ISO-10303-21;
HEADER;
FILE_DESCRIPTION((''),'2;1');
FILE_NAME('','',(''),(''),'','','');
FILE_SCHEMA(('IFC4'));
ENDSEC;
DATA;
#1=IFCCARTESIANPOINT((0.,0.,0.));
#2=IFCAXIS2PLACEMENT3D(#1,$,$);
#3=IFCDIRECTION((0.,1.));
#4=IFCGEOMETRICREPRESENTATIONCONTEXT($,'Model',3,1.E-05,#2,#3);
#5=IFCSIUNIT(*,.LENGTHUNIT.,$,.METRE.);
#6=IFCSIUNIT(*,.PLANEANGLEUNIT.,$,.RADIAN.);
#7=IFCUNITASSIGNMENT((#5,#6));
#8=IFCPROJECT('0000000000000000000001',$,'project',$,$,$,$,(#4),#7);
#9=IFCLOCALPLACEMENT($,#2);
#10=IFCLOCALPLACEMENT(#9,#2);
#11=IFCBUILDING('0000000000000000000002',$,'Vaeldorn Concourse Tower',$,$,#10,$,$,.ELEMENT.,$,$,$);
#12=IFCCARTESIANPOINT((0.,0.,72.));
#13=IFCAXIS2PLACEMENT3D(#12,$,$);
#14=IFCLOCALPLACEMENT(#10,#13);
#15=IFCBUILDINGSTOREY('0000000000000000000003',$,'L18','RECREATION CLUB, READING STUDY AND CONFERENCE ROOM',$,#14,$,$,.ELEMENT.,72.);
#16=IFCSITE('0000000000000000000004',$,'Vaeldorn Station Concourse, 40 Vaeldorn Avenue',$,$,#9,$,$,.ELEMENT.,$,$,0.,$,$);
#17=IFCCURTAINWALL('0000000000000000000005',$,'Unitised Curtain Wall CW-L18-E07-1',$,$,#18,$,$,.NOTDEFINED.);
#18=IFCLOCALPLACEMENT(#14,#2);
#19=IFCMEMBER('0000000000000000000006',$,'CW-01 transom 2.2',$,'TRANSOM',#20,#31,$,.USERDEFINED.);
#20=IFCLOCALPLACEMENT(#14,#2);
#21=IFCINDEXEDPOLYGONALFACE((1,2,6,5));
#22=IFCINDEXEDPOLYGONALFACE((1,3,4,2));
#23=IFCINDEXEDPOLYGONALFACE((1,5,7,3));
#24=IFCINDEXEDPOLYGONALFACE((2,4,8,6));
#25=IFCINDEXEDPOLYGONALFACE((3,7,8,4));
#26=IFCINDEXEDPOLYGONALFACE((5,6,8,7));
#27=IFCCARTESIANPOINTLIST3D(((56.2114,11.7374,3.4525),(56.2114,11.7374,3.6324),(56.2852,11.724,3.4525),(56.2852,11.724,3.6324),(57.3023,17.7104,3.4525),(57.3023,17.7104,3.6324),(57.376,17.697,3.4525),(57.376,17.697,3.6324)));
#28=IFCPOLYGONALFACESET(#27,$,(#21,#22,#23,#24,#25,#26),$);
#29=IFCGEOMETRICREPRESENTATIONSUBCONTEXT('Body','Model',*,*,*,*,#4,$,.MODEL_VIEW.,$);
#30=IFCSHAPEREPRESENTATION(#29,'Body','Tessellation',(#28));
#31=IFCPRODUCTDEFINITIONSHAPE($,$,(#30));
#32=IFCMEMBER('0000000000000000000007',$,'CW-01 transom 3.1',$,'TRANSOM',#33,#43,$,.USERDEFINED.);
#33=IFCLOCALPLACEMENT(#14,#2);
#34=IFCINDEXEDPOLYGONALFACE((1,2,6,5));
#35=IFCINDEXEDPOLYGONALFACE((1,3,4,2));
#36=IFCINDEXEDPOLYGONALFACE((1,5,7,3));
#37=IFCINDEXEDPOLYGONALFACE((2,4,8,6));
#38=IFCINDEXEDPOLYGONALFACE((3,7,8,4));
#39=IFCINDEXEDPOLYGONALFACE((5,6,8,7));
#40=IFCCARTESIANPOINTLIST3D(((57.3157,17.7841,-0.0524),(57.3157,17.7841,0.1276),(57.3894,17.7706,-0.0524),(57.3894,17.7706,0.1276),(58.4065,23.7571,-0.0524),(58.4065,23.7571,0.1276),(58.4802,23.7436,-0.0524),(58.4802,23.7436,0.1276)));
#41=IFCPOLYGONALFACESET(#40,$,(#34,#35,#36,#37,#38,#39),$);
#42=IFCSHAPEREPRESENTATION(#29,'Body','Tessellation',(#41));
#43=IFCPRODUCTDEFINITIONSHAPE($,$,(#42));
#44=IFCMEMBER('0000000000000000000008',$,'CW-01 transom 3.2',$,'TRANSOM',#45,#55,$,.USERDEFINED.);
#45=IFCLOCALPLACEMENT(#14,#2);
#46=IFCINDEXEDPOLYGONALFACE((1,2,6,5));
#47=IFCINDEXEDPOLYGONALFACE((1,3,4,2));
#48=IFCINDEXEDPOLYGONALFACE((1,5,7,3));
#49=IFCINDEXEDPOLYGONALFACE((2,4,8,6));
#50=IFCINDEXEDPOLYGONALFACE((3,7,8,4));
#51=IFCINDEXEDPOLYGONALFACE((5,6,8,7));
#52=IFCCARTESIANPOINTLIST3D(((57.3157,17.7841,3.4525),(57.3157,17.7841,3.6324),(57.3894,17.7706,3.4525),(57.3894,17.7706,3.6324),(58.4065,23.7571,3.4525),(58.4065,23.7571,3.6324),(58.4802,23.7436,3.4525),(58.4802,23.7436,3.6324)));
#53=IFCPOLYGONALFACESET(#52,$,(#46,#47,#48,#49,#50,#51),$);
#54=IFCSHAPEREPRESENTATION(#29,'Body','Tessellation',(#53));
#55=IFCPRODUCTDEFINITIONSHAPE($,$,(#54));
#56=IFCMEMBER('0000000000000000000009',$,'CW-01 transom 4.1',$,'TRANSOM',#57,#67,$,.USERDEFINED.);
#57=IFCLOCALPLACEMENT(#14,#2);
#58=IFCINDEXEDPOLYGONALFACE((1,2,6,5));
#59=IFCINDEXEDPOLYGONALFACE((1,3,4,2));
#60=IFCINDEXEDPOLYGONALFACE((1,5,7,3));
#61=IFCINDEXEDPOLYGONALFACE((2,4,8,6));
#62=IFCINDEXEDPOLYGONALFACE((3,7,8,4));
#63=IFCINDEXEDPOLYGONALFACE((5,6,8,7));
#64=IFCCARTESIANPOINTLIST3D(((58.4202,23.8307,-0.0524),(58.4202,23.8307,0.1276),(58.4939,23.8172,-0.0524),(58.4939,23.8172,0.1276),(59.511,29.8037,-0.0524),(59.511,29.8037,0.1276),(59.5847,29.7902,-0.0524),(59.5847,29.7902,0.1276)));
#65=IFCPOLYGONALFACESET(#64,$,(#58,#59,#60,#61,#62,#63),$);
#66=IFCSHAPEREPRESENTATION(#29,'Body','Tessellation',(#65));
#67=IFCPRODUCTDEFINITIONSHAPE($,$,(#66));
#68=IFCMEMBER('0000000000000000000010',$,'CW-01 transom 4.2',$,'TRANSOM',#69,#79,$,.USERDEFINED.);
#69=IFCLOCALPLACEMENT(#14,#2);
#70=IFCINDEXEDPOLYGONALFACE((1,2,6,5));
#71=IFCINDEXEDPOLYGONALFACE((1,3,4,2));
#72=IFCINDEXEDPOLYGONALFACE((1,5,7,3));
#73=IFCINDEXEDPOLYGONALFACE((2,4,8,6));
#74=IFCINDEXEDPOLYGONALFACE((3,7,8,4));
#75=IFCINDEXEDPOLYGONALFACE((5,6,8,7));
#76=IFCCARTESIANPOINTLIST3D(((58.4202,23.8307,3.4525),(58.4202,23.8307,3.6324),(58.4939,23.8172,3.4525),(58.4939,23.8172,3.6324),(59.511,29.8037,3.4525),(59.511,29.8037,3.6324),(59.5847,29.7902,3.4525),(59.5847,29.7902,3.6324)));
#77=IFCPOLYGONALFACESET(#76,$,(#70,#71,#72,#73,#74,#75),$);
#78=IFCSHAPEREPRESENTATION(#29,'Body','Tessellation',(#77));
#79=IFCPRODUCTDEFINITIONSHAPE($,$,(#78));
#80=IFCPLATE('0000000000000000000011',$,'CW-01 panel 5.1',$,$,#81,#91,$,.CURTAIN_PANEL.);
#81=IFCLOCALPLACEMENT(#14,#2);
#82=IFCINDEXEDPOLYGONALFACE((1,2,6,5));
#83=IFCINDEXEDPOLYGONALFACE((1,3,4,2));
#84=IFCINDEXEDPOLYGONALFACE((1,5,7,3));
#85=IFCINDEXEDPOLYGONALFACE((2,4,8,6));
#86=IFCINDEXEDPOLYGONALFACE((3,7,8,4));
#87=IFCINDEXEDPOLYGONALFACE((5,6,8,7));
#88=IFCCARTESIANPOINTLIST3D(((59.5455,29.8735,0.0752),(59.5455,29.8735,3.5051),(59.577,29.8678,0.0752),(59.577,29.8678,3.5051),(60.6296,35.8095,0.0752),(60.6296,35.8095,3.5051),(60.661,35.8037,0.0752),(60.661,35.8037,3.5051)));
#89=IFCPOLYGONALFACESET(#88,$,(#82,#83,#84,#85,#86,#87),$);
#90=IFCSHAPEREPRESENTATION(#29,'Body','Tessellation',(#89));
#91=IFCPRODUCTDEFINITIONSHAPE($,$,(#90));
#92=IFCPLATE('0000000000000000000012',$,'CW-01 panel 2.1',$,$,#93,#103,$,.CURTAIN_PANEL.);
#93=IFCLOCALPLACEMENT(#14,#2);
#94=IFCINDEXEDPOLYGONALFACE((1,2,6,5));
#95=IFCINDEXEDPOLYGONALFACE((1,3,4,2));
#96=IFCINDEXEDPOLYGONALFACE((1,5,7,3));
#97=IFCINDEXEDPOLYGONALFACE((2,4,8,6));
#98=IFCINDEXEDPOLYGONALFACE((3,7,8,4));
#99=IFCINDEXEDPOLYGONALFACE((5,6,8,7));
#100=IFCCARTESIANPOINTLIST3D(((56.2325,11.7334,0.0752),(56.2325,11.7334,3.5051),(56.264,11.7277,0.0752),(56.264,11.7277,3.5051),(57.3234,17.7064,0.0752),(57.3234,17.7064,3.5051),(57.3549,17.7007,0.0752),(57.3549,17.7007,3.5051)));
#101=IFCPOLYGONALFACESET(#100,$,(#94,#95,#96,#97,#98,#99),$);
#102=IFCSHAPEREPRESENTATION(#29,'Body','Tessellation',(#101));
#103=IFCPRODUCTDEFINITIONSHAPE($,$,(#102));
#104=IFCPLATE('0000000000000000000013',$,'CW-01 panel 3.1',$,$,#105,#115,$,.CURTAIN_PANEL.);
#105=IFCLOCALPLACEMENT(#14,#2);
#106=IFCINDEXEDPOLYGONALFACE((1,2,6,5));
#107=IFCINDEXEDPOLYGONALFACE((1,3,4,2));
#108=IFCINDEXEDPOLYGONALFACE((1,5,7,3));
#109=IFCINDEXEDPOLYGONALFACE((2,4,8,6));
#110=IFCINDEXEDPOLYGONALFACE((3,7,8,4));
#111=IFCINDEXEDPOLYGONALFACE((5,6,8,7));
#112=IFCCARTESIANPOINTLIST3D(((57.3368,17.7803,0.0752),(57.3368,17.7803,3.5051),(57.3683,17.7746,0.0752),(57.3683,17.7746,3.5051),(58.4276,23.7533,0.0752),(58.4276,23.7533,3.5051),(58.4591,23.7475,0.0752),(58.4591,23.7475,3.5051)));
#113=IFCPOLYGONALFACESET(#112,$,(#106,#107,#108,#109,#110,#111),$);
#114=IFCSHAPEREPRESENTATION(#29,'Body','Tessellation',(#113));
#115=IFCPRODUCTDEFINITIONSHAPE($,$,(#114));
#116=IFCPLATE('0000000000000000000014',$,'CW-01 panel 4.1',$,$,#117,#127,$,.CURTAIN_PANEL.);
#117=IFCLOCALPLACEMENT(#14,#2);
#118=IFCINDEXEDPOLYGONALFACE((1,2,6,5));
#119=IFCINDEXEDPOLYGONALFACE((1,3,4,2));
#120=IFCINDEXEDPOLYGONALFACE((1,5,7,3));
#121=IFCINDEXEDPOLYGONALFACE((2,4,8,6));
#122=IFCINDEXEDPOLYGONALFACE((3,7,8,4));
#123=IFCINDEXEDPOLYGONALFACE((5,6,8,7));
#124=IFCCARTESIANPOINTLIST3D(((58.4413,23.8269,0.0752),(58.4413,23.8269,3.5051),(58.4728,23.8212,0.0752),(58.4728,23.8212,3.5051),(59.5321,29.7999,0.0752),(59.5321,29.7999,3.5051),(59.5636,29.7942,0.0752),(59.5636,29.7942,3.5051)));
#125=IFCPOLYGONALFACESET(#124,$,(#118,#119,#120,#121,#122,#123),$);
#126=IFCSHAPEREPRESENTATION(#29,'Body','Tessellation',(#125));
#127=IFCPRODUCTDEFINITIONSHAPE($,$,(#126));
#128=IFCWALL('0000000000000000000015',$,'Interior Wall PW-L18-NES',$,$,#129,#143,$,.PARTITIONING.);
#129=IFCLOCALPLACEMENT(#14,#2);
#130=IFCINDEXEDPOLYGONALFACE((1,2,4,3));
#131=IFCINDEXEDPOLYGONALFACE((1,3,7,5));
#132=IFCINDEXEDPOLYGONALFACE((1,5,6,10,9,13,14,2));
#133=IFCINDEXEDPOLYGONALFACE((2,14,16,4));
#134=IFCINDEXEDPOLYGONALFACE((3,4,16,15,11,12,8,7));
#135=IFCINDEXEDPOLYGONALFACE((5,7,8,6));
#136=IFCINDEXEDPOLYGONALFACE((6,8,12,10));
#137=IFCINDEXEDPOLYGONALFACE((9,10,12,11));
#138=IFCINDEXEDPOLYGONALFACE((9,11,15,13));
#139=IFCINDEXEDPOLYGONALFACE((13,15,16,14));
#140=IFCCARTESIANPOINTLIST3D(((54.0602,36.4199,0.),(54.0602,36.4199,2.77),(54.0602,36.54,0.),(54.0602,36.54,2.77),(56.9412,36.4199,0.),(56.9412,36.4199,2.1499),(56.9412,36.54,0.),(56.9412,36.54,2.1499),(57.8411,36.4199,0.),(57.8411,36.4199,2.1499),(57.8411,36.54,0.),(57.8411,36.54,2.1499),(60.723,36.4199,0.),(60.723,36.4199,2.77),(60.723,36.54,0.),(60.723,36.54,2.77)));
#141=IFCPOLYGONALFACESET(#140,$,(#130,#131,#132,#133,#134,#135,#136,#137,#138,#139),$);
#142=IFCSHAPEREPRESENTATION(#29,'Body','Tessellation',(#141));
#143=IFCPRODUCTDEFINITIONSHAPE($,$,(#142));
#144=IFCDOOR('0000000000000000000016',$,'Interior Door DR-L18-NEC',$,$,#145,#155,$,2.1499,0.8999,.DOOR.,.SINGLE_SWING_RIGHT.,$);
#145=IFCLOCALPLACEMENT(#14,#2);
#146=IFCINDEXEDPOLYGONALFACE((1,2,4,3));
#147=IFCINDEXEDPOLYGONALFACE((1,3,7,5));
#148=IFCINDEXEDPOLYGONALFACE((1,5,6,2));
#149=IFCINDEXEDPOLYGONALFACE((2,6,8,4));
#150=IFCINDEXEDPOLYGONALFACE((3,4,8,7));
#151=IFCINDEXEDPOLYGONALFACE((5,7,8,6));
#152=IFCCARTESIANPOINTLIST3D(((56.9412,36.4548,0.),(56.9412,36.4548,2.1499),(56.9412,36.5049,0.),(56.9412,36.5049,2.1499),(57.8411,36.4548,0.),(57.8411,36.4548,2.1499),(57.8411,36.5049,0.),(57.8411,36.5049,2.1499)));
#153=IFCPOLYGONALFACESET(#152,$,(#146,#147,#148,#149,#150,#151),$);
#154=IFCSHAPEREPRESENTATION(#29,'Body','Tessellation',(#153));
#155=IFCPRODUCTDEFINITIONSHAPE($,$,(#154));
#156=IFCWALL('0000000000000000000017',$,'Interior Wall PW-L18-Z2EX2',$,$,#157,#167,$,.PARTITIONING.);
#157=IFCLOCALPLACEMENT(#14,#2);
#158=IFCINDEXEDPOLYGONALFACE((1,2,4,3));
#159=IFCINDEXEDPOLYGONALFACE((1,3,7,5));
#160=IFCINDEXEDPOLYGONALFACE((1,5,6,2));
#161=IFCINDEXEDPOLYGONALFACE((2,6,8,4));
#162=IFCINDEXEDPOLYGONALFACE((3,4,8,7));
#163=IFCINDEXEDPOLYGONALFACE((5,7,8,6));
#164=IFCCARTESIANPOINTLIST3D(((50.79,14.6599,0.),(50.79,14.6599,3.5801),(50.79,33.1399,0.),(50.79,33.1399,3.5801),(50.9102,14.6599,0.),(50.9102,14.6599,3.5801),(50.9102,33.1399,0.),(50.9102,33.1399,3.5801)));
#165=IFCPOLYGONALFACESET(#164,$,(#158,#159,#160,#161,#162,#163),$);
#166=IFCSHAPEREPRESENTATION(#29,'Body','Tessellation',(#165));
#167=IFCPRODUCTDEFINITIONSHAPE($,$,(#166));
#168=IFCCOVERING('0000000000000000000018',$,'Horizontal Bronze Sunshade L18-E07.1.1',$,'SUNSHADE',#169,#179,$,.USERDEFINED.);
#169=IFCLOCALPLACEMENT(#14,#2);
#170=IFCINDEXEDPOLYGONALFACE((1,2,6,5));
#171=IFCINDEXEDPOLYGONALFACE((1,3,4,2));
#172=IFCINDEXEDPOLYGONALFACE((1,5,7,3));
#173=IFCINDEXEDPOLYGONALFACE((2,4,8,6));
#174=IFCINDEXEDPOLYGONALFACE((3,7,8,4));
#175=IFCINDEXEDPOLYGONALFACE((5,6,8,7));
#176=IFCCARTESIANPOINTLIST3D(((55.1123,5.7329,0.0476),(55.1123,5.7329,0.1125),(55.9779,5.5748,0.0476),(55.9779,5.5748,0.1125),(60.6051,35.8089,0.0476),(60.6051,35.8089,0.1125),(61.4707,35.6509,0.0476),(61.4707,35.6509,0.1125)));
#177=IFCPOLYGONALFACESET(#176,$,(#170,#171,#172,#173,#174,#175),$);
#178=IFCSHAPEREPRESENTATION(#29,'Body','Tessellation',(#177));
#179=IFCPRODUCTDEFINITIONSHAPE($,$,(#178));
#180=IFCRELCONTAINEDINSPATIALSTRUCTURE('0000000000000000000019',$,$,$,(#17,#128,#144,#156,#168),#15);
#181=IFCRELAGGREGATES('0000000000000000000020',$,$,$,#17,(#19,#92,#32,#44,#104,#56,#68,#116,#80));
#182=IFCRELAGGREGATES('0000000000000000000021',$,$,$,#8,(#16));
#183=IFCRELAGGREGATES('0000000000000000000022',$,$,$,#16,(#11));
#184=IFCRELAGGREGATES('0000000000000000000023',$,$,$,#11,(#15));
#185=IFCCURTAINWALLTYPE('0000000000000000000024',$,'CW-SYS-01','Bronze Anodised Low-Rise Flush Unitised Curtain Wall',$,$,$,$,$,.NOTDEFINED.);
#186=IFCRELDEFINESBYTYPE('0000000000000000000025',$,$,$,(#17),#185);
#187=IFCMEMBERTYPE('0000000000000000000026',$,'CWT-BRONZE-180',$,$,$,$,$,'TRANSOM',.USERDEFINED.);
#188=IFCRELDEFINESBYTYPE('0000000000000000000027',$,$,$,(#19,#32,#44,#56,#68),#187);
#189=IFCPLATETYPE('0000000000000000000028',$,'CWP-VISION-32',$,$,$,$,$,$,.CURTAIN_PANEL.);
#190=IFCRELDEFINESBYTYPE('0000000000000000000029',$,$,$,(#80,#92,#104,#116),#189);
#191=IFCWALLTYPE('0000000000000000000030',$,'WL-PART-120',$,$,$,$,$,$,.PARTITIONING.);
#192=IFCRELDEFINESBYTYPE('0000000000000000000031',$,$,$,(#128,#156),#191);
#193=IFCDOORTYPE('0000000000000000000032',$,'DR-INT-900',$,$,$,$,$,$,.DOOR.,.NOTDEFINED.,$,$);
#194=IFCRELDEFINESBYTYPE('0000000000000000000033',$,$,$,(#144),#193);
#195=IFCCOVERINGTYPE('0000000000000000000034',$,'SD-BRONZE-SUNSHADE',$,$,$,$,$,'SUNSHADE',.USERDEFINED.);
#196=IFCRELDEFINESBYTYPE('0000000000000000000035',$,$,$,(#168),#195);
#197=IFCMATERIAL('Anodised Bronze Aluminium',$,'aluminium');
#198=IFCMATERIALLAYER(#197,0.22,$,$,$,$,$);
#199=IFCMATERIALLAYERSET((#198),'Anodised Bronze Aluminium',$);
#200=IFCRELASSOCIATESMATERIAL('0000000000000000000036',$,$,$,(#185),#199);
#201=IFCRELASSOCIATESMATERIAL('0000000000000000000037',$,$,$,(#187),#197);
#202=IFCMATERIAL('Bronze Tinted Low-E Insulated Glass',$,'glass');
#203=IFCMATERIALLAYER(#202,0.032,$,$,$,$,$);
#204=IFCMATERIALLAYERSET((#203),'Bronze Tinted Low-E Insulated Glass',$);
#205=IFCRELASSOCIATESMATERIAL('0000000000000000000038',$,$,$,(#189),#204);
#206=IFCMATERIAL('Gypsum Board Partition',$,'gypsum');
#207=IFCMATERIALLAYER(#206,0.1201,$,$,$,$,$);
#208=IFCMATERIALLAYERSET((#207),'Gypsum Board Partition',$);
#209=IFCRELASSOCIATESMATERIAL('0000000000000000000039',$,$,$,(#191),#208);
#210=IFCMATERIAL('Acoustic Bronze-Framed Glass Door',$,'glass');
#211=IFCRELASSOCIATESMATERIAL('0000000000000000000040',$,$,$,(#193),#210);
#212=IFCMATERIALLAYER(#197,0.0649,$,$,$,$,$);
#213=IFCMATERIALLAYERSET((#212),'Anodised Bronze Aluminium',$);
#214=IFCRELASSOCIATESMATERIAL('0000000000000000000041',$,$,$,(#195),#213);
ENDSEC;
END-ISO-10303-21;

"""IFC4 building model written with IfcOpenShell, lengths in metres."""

from ifc_helpers import new_model, si_unit, direction, frame, frame_2d, origin, origin_2d, place, context, subcontext, project, spatial, rectangle, extrude, source, transform, mapped, material, layer, layer_set, material_profile, profile_set, type_object, element, fill, aggregate, save


model = new_model("IFC4")

# Units and contexts
model_context = context("Model", 3, precision=1e-05, world=origin(), true_north=direction((0.0, 1.0)))
body_context = subcontext(model_context, "Body", "Model", "MODEL_VIEW")
ifc_project = project(units=[si_unit("LENGTHUNIT", "METRE"), si_unit("PLANEANGLEUNIT", "RADIAN")], contexts=[model_context])

# Site, building, storey
site_placement = place(None, origin())
site = spatial("IfcSite", under=ifc_project, at=site_placement, Name="Vaeldorn Station Concourse, 40 Vaeldorn Avenue", CompositionType="ELEMENT", RefElevation=0.0)
building_placement = place(site_placement, origin())
building = spatial("IfcBuilding", under=site, at=building_placement, Name="Vaeldorn Concourse Tower", CompositionType="ELEMENT")
storey_placement = place(building_placement, frame((0.0, 0.0, 72.0)))
storey = spatial("IfcBuildingStorey", under=building, at=storey_placement, Name="L18", Description="RECREATION CLUB, READING STUDY AND CONFERENCE ROOM", CompositionType="ELEMENT", Elevation=72.0)

# Curtain wall, members, plates
ifc_material_1 = material(Name="Anodised Bronze Aluminium", Category="aluminium")
ifc_layer_1 = layer(ifc_material_1, 0.22)
ifc_layer_set_1 = layer_set([ifc_layer_1], Name="Anodised Bronze Aluminium")
curtain_wall_type = type_object("IfcCurtainWallType", Name="CW-SYS-01", Description="Bronze Anodised Low-Rise Flush Unitised Curtain Wall", PredefinedType="NOTDEFINED", material=ifc_layer_set_1)
curtain_wall_placement = place(storey_placement, origin())
curtain_wall = element("IfcCurtainWall", 1, at=curtain_wall_placement, inside=storey, type_object=curtain_wall_type, Name="Unitised Curtain Wall CW-L18-E07-1", PredefinedType="NOTDEFINED")
ifc_material_profile_1 = material_profile(ifc_material_1, rectangle(XDim=0.075, YDim=0.1799, at=origin_2d()), Name="CWT 75x180")
ifc_profile_set_1 = profile_set([ifc_material_profile_1], Name="Anodised Bronze Aluminium")
member_type_1 = type_object("IfcMemberType", Name="CWT-BRONZE-180", ElementType="TRANSOM", PredefinedType="USERDEFINED", material=ifc_profile_set_1)
shared_shape_1 = source(origin(), body_context, "Body", "SweptSolid", [
    extrude(rectangle(XDim=0.075, YDim=0.1799, at=origin_2d()), origin(), (0.0, 0.0, 1.0), 6.0718),
])
member_1_placement = place(storey_placement, frame((56.2483, 11.7307, 3.5425), z_axis=(0.179657, 0.983729, 0.0), x_axis=(-0.983729, 0.179657, 0.0)))
member_1 = element("IfcMember", 2, at=member_1_placement, type_object=member_type_1, Name="CW-01 transom 2.2", ObjectType="TRANSOM", PredefinedType="USERDEFINED", context=body_context, shape_type="MappedRepresentation", body=[
    mapped(shared_shape_1, transform((0.0, 0.0, 0.0), scale=1.0)),
])
member_2_placement = place(storey_placement, frame((57.3525, 17.7773, 0.0376), z_axis=(0.179657, 0.983729, 0.0), x_axis=(-0.983729, 0.179657, 0.0)))
member_2 = element("IfcMember", 3, at=member_2_placement, type_object=member_type_1, Name="CW-01 transom 3.1", ObjectType="TRANSOM", PredefinedType="USERDEFINED", context=body_context, shape_type="MappedRepresentation", body=[
    mapped(shared_shape_1, transform((0.0, 0.0, 0.0), scale=1.0)),
])
member_3_placement = place(storey_placement, frame((57.3525, 17.7773, 3.5425), z_axis=(0.179657, 0.983729, 0.0), x_axis=(-0.983729, 0.179657, 0.0)))
member_3 = element("IfcMember", 4, at=member_3_placement, type_object=member_type_1, Name="CW-01 transom 3.2", ObjectType="TRANSOM", PredefinedType="USERDEFINED", context=body_context, shape_type="MappedRepresentation", body=[
    mapped(shared_shape_1, transform((0.0, 0.0, 0.0), scale=1.0)),
])
member_4_placement = place(storey_placement, frame((58.457, 23.824, 0.0376), z_axis=(0.179657, 0.983729, 0.0), x_axis=(-0.983729, 0.179657, 0.0)))
member_4 = element("IfcMember", 5, at=member_4_placement, type_object=member_type_1, Name="CW-01 transom 4.1", ObjectType="TRANSOM", PredefinedType="USERDEFINED", context=body_context, shape_type="MappedRepresentation", body=[
    mapped(shared_shape_1, transform((0.0, 0.0, 0.0), scale=1.0)),
])
member_5_placement = place(storey_placement, frame((58.457, 23.824, 3.5425), z_axis=(0.179657, 0.983729, 0.0), x_axis=(-0.983729, 0.179657, 0.0)))
member_5 = element("IfcMember", 6, at=member_5_placement, type_object=member_type_1, Name="CW-01 transom 4.2", ObjectType="TRANSOM", PredefinedType="USERDEFINED", context=body_context, shape_type="MappedRepresentation", body=[
    mapped(shared_shape_1, transform((0.0, 0.0, 0.0), scale=1.0)),
])
ifc_material_2 = material(Name="Bronze Tinted Low-E Insulated Glass", Category="glass")
ifc_layer_2 = layer(ifc_material_2, 0.032)
ifc_layer_set_2 = layer_set([ifc_layer_2], Name="Bronze Tinted Low-E Insulated Glass")
plate_type = type_object("IfcPlateType", Name="CWP-VISION-32", PredefinedType="CURTAIN_PANEL", material=ifc_layer_set_2)
shared_shape_2 = source(origin(), body_context, "Body", "SweptSolid", [
    extrude(rectangle(XDim=6.0342, YDim=0.032, at=origin_2d()), origin(), (0.0, 0.0, 1.0), 3.4299),
])
plate_1_placement = place(storey_placement, frame((60.1033, 32.8386, 0.0752), z_axis=(0.0, 0.0, 1.0), x_axis=(0.179658, 0.983729, 0.0)))
plate_1 = element("IfcPlate", 7, at=plate_1_placement, type_object=plate_type, Name="CW-01 panel 5.1", PredefinedType="CURTAIN_PANEL", context=body_context, shape_type="MappedRepresentation", body=[
    mapped(shared_shape_2, transform((0.0, 0.0, 0.0), scale=1.0)),
])
shared_shape_3 = source(origin(), body_context, "Body", "SweptSolid", [
    extrude(rectangle(XDim=6.0718, YDim=0.032, at=origin_2d()), origin(), (0.0, 0.0, 1.0), 3.4299),
])
plate_2_placement = place(storey_placement, frame((56.7937, 14.717, 0.0752), z_axis=(0.0, 0.0, 1.0), x_axis=(0.179658, 0.983729, 0.0)))
plate_2 = element("IfcPlate", 8, at=plate_2_placement, type_object=plate_type, Name="CW-01 panel 2.1", PredefinedType="CURTAIN_PANEL", context=body_context, shape_type="MappedRepresentation", body=[
    mapped(shared_shape_3, transform((0.0, 0.0, 0.0), scale=1.0)),
])
plate_3_placement = place(storey_placement, frame((57.8979, 20.7639, 0.0752), z_axis=(0.0, 0.0, 1.0), x_axis=(0.179658, 0.983729, 0.0)))
plate_3 = element("IfcPlate", 9, at=plate_3_placement, type_object=plate_type, Name="CW-01 panel 3.1", PredefinedType="CURTAIN_PANEL", context=body_context, shape_type="MappedRepresentation", body=[
    mapped(shared_shape_3, transform((0.0, 0.0, 0.0), scale=1.0)),
])
plate_4_placement = place(storey_placement, frame((59.0024, 26.8105, 0.0752), z_axis=(0.0, 0.0, 1.0), x_axis=(0.179658, 0.983729, 0.0)))
plate_4 = element("IfcPlate", 10, at=plate_4_placement, type_object=plate_type, Name="CW-01 panel 4.1", PredefinedType="CURTAIN_PANEL", context=body_context, shape_type="MappedRepresentation", body=[
    mapped(shared_shape_3, transform((0.0, 0.0, 0.0), scale=1.0)),
])
aggregate(curtain_wall, [member_1, plate_2, member_2, member_3, plate_3, member_4, member_5, plate_4, plate_1])

# Wall, opening, door
ifc_material_3 = material(Name="Gypsum Board Partition", Category="gypsum")
ifc_layer_3 = layer(ifc_material_3, 0.1201)
ifc_layer_set_3 = layer_set([ifc_layer_3], Name="Gypsum Board Partition")
wall_type = type_object("IfcWallType", Name="WL-PART-120", PredefinedType="PARTITIONING", material=ifc_layer_set_3)
wall_1_placement = place(storey_placement, frame((54.0601, 36.48, 0.0), z_axis=(0.0, 0.0, 1.0), x_axis=(1.0, 0.0, 0.0)))
wall_1 = element("IfcWall", 11, at=wall_1_placement, inside=storey, type_object=wall_type, Name="Interior Wall PW-L18-NES", PredefinedType="PARTITIONING", context=body_context, shape_type="SweptSolid", body=[
    extrude(rectangle(XDim=6.6628, YDim=0.1201, at=frame_2d((3.3315, 0.0))), origin(), (0.0, 0.0, 1.0), 2.77),
])
opening_placement = place(wall_1_placement, frame((2.8811, 0.0, 0.0)))
opening = element("IfcOpeningElement", 12, at=opening_placement, cuts=wall_1, PredefinedType="OPENING", context=body_context, shape_type="SweptSolid", body=[
    extrude(rectangle(XDim=0.8999, YDim=2.1499, at=frame_2d((0.45, 1.075))), frame((0.0, 0.0701, 0.0), z_axis=(0.0, -1.0, 0.0), x_axis=(1.0, 0.0, 0.0)), (0.0, 0.0, 1.0), 0.1401),
])
ifc_material_4 = material(Name="Acoustic Bronze-Framed Glass Door", Category="glass")
door_type = type_object("IfcDoorType", Name="DR-INT-900", OperationType="NOTDEFINED", PredefinedType="DOOR", material=ifc_material_4)
shared_shape_4 = source(origin(), body_context, "Body", "SweptSolid", [
    extrude(rectangle(XDim=0.8999, YDim=2.1499, at=frame_2d((0.45, 1.075))), frame((0.0, 0.0249, 0.0), z_axis=(0.0, -1.0, 0.0), x_axis=(1.0, 0.0, 0.0)), (0.0, 0.0, 1.0), 0.05),
])
door_placement = place(opening_placement, origin())
door = element("IfcDoor", 13, at=door_placement, inside=storey, type_object=door_type, Name="Interior Door DR-L18-NEC", OperationType="SINGLE_SWING_RIGHT", OverallHeight=2.1499, OverallWidth=0.8999, PredefinedType="DOOR", context=body_context, shape_type="MappedRepresentation", body=[
    mapped(shared_shape_4, transform((0.0, 0.0, 0.0), scale=1.0)),
])
fill(opening, door)

# Wall
wall_2_placement = place(storey_placement, frame((50.8501, 14.6599, 0.0), z_axis=(0.0, 0.0, 1.0), x_axis=(0.0, 1.0, 0.0)))
element("IfcWall", 14, at=wall_2_placement, inside=storey, type_object=wall_type, Name="Interior Wall PW-L18-Z2EX2", PredefinedType="PARTITIONING", context=body_context, shape_type="SweptSolid", body=[
    extrude(rectangle(XDim=18.48, YDim=0.1201, at=frame_2d((9.24, 0.0))), origin(), (0.0, 0.0, 1.0), 3.5801),
])

# Covering
ifc_layer_4 = layer(ifc_material_1, 0.0649)
ifc_layer_set_4 = layer_set([ifc_layer_4], Name="Anodised Bronze Aluminium")
covering_type = type_object("IfcCoveringType", Name="SD-BRONZE-SUNSHADE", ElementType="SUNSHADE", PredefinedType="USERDEFINED", material=ifc_layer_set_4)
shared_shape_5 = source(origin(), body_context, "Body", "SweptSolid", [
    extrude(rectangle(XDim=30.5735, YDim=0.8799, at=origin_2d()), origin(), (0.0, 0.0, 1.0), 0.0649),
])
for number, where, z_axis, x_axis, name in (
    (15, (58.2915, 20.6919, 0.0476), (0.0, 0.0, 1.0), (0.179661, 0.983729, 0.0), "Horizontal Bronze Sunshade L18-E07.1.1"),
):
    element("IfcCovering", number, at=place(storey_placement, frame(where, z_axis=z_axis, x_axis=x_axis)), inside=storey, type_object=covering_type, Name=name, ObjectType="SUNSHADE", PredefinedType="USERDEFINED", context=body_context, shape_type="MappedRepresentation", body=[
        mapped(shared_shape_5, transform((0.0, 0.0, 0.0), scale=1.0)),
    ])

save(model, "model.ifc")
